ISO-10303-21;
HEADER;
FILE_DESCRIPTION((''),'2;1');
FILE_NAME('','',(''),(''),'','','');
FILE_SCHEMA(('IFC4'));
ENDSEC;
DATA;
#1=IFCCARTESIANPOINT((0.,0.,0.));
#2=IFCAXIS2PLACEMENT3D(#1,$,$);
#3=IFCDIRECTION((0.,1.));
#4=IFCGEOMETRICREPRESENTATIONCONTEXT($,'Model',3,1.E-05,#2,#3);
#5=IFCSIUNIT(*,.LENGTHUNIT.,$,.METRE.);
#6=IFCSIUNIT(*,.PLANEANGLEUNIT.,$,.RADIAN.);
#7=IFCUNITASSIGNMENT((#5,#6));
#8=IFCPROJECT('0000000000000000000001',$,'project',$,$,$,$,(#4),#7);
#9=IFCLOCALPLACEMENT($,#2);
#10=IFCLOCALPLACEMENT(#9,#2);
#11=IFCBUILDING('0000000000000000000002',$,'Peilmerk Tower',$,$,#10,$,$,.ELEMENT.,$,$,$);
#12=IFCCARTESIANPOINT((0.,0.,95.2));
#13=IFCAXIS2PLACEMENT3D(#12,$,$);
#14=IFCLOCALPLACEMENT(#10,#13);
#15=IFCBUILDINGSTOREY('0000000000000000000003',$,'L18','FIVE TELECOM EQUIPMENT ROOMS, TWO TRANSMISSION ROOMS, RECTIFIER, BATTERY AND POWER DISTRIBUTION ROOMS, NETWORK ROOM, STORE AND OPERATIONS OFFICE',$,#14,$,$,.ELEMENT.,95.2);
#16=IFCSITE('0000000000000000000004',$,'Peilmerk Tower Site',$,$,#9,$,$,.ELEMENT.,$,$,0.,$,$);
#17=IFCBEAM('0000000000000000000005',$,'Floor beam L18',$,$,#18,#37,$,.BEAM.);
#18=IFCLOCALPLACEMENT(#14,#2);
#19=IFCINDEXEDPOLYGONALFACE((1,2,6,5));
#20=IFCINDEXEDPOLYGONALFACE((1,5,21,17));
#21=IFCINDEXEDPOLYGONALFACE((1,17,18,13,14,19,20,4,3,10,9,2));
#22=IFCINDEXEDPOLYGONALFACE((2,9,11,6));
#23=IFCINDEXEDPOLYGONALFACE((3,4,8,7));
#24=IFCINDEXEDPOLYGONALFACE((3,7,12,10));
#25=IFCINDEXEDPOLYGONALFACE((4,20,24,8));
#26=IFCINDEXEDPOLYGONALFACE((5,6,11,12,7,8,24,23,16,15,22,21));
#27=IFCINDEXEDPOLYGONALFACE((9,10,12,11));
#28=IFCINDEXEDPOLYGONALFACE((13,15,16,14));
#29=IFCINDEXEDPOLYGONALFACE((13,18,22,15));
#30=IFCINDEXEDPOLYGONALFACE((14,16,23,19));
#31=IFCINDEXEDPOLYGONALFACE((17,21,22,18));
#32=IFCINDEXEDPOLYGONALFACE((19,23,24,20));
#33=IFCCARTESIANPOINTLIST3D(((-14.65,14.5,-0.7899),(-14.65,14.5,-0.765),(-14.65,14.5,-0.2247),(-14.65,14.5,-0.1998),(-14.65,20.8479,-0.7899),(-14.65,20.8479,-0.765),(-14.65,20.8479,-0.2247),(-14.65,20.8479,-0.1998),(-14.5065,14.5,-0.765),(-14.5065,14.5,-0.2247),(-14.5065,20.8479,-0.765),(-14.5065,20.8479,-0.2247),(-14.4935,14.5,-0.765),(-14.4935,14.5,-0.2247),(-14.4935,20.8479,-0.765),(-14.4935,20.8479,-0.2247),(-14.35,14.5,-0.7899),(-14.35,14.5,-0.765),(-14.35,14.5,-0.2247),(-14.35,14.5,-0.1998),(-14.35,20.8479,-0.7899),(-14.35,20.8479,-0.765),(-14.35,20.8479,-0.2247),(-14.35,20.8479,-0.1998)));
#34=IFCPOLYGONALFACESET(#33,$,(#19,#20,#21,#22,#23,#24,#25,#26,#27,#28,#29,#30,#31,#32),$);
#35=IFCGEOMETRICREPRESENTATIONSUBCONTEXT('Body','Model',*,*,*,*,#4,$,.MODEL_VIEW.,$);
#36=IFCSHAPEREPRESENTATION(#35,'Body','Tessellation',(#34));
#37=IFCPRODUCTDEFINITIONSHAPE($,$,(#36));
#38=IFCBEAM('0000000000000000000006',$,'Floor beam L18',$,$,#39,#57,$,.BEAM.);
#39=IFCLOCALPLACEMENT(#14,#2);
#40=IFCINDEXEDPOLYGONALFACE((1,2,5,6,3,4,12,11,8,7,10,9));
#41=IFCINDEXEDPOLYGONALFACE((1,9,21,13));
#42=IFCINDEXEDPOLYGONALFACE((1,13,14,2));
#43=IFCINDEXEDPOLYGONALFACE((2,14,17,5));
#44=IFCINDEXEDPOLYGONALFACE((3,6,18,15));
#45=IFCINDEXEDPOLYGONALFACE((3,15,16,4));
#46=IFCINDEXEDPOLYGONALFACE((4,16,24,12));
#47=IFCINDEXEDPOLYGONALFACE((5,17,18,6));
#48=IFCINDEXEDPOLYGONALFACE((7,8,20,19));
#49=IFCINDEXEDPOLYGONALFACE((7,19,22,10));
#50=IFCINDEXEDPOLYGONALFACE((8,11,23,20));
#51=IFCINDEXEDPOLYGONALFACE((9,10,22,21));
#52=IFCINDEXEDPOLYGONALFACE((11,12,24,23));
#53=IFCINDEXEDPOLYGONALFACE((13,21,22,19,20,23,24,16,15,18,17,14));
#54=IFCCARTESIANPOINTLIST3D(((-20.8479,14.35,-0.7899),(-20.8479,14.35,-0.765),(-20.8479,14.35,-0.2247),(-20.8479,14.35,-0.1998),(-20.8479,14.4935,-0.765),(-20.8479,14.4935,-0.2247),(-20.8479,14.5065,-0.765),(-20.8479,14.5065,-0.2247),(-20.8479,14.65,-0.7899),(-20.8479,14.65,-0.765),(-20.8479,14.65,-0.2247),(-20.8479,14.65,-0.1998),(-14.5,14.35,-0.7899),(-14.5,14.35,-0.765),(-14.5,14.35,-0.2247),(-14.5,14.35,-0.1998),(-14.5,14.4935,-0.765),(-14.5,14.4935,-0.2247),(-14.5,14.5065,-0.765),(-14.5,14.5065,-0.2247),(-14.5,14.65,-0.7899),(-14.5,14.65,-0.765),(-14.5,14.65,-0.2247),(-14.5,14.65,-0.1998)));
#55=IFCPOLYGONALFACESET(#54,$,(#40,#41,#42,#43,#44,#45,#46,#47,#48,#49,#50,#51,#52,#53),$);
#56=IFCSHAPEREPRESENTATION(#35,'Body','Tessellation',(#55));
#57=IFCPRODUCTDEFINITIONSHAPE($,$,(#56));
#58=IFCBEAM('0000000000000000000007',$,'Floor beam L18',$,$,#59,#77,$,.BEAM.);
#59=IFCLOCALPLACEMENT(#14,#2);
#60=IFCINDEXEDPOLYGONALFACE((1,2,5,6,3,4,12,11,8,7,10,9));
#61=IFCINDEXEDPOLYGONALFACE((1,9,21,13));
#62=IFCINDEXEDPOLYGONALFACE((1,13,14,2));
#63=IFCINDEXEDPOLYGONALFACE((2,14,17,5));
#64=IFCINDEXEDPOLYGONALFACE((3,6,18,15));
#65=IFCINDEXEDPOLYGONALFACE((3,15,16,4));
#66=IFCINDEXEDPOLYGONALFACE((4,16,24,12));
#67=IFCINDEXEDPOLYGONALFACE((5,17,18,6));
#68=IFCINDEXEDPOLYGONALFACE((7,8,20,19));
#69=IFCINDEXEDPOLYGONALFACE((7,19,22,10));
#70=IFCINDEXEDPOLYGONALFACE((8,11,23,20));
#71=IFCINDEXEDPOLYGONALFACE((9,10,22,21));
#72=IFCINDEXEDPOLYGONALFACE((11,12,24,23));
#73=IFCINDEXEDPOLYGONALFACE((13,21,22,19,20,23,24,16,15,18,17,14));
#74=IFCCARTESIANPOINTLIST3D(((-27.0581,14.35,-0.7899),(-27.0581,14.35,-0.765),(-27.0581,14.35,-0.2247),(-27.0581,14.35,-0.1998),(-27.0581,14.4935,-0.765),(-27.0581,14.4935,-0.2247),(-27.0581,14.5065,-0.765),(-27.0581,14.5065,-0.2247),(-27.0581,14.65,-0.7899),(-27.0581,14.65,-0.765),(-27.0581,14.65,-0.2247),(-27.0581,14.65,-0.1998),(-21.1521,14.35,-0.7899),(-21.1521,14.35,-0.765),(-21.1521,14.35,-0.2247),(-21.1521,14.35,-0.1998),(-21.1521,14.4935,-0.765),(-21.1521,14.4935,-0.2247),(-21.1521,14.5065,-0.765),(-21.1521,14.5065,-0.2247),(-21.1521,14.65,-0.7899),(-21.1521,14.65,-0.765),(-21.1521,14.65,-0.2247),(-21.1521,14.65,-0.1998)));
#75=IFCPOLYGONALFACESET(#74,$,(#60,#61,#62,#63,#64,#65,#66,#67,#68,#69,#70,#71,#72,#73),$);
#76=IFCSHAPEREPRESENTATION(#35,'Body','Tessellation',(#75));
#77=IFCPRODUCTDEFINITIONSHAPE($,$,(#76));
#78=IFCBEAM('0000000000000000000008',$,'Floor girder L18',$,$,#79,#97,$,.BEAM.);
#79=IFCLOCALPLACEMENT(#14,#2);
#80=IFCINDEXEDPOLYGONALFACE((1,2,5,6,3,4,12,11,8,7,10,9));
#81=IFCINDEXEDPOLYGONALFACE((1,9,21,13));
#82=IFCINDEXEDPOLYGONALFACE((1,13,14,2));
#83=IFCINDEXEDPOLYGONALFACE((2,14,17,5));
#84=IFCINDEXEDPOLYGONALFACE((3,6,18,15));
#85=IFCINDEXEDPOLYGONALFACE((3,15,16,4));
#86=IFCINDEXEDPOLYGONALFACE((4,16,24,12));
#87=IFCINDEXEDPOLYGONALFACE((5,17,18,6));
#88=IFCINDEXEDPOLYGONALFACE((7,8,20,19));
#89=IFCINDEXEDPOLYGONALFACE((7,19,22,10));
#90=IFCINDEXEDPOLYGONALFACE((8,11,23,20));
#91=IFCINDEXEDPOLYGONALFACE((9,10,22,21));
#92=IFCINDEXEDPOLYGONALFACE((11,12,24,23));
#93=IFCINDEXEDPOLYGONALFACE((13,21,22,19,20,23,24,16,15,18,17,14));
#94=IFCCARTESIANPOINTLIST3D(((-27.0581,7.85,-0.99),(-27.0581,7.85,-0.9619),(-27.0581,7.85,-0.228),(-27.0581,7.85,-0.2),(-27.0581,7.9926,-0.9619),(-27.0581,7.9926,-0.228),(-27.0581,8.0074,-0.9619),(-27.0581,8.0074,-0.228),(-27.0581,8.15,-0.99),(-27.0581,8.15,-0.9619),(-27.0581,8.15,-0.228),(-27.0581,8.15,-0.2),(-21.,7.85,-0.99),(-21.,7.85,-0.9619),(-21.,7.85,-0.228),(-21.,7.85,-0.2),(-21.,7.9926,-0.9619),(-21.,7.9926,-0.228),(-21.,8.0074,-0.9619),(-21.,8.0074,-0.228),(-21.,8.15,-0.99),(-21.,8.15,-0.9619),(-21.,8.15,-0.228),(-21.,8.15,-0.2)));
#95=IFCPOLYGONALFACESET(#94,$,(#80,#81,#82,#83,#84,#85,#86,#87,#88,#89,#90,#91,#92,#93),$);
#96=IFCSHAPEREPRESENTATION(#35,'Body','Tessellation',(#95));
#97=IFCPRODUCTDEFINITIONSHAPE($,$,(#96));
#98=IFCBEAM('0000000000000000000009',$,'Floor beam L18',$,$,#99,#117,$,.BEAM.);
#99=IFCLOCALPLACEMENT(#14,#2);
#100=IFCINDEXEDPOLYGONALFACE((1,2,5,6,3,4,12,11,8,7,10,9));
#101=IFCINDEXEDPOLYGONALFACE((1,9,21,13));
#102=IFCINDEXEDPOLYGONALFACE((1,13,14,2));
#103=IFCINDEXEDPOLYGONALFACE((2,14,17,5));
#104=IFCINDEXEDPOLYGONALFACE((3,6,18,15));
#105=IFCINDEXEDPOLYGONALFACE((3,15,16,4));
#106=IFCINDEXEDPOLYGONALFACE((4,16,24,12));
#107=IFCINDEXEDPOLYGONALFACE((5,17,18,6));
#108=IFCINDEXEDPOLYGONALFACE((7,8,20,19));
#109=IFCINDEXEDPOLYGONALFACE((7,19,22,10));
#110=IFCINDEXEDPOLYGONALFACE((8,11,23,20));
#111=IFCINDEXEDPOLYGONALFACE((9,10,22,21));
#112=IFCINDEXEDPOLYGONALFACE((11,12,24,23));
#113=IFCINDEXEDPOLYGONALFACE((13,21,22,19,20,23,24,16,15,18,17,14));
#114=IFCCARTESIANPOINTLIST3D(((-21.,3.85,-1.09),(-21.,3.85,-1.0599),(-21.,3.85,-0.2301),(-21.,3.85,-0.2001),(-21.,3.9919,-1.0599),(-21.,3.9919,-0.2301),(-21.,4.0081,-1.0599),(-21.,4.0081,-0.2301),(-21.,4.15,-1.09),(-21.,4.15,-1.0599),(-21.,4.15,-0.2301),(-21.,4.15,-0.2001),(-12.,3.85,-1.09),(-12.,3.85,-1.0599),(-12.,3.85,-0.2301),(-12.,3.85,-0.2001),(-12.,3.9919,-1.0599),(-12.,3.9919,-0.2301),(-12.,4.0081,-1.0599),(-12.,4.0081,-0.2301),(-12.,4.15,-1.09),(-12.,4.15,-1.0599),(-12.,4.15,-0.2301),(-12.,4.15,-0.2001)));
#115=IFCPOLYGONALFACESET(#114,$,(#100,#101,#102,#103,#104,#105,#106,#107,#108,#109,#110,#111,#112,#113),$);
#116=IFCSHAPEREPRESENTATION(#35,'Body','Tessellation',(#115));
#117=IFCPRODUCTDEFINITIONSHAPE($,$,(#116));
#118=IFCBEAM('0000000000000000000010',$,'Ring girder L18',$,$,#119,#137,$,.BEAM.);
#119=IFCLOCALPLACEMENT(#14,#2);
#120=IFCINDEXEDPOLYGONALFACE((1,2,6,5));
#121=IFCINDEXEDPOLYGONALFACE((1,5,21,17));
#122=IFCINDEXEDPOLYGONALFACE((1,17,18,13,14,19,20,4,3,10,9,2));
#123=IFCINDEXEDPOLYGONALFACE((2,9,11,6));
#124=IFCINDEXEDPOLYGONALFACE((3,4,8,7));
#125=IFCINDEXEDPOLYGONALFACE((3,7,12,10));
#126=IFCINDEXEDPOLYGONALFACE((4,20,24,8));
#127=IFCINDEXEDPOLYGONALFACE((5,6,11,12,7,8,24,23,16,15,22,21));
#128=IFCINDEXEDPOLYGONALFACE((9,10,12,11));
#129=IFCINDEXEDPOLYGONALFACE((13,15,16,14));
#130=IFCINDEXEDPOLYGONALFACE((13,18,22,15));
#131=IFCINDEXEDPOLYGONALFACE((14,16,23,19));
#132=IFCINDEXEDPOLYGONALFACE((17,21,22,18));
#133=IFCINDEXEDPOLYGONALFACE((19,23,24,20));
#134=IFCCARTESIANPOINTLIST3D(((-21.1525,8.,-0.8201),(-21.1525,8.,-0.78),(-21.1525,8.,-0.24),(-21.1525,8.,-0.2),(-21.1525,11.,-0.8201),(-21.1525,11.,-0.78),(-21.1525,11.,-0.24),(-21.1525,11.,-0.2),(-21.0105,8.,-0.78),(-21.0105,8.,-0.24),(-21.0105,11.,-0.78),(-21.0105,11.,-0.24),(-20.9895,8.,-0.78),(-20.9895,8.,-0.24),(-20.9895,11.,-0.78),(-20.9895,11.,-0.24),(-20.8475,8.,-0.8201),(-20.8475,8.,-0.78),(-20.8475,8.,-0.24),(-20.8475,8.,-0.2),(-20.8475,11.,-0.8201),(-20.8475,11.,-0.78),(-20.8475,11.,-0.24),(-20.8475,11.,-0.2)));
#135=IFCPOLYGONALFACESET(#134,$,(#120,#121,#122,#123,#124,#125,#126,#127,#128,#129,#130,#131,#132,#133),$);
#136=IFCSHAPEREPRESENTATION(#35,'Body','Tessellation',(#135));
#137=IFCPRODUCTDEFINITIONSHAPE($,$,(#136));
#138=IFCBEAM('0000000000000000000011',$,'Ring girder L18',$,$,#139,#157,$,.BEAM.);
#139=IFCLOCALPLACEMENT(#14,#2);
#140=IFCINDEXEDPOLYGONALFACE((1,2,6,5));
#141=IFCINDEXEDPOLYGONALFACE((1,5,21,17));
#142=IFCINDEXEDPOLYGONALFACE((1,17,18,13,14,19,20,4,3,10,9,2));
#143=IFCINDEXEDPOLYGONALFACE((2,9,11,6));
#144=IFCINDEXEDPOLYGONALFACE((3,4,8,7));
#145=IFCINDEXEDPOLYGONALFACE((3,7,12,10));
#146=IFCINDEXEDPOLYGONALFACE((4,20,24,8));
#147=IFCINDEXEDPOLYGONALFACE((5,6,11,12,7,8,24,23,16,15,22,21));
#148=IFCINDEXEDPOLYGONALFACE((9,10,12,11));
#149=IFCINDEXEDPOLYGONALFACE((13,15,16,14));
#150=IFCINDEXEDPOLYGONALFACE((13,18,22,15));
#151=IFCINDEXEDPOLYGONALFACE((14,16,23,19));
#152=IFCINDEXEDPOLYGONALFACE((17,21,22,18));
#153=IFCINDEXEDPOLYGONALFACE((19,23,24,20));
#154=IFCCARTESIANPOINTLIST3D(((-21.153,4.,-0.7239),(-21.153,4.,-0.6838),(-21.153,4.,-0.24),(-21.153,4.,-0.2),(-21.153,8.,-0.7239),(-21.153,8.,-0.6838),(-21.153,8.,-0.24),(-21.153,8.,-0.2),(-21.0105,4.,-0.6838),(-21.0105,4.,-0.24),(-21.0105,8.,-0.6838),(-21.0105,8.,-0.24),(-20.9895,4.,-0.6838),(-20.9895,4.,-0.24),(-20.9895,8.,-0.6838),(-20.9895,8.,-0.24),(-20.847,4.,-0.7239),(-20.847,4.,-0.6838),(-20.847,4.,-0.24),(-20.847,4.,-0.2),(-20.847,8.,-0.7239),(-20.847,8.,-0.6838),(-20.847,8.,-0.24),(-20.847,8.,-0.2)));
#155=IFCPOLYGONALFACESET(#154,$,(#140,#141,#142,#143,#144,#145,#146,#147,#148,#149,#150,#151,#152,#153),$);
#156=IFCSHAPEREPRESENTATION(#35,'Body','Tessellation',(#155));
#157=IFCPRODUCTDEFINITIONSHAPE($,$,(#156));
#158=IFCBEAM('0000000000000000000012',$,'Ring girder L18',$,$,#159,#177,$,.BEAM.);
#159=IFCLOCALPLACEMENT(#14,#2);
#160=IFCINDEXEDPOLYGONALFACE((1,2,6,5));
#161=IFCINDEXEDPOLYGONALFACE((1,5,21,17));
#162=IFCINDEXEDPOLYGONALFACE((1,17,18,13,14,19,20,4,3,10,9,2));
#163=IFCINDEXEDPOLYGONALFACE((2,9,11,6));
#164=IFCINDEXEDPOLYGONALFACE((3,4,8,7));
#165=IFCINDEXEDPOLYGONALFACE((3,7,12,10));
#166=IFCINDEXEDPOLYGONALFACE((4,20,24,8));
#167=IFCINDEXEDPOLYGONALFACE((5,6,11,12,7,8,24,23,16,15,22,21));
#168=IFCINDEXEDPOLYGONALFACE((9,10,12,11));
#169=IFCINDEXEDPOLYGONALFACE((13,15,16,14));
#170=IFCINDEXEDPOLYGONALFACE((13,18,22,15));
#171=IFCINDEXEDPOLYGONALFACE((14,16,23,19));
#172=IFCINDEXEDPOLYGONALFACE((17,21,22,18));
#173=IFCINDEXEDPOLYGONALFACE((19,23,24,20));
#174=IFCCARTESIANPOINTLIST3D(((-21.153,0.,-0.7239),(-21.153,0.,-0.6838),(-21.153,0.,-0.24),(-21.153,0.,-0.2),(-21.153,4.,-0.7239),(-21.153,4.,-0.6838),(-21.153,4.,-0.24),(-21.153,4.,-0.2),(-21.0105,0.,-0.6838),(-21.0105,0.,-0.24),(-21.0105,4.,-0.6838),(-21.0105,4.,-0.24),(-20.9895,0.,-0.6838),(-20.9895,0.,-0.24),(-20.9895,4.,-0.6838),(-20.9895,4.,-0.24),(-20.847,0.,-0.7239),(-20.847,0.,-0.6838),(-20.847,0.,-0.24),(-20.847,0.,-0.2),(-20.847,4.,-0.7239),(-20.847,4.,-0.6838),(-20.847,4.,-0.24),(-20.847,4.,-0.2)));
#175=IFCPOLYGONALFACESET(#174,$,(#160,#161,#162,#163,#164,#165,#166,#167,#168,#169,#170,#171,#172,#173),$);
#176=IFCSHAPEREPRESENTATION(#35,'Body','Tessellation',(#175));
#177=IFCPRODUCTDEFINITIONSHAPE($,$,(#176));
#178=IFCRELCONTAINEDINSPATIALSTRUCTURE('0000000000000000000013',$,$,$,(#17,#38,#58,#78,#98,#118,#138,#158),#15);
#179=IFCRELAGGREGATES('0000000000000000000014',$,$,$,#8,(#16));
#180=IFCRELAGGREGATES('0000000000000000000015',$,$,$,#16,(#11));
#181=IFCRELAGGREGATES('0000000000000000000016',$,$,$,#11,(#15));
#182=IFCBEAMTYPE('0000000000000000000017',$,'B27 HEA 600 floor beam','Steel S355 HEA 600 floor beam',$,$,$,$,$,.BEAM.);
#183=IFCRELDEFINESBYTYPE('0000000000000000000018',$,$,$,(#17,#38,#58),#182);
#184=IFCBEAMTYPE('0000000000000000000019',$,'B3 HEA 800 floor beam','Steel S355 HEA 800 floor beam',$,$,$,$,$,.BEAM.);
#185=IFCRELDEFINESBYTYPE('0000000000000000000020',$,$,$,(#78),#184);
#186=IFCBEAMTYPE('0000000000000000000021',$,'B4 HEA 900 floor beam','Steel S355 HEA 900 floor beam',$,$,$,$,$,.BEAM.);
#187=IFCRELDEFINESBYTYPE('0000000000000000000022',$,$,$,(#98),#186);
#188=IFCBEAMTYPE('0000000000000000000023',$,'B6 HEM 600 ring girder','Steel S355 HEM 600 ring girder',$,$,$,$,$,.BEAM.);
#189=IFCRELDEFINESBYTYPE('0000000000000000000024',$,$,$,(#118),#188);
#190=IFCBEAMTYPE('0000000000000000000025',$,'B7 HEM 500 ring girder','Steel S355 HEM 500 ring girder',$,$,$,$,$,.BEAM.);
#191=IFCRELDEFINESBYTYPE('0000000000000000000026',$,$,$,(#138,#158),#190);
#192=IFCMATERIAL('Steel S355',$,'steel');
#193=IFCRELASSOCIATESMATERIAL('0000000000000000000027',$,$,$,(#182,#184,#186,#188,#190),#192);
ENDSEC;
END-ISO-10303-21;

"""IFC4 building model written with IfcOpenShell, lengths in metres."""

from ifc_helpers import new_model, si_unit, direction, frame, origin, origin_2d, place, context, subcontext, project, spatial, i_section, extrude, material, material_profile, profile_set, type_object, element, save


model = new_model("IFC4")

# Units and contexts
model_context = context("Model", 3, precision=1e-05, world=origin(), true_north=direction((0.0, 1.0)))
body_context = subcontext(model_context, "Body", "Model", "MODEL_VIEW")
ifc_project = project(units=[si_unit("LENGTHUNIT", "METRE"), si_unit("PLANEANGLEUNIT", "RADIAN")], contexts=[model_context])

# Site, building, storey
site_placement = place(None, origin())
site = spatial("IfcSite", under=ifc_project, at=site_placement, Name="Peilmerk Tower Site", CompositionType="ELEMENT", RefElevation=0.0)
building_placement = place(site_placement, origin())
building = spatial("IfcBuilding", under=site, at=building_placement, Name="Peilmerk Tower", CompositionType="ELEMENT")
storey_placement = place(building_placement, frame((0.0, 0.0, 95.2)))
storey = spatial("IfcBuildingStorey", under=building, at=storey_placement, Name="L18", Description="FIVE TELECOM EQUIPMENT ROOMS, TWO TRANSMISSION ROOMS, RECTIFIER, BATTERY AND POWER DISTRIBUTION ROOMS, NETWORK ROOM, STORE AND OPERATIONS OFFICE", CompositionType="ELEMENT", Elevation=95.2)

# Beams
ifc_material_1 = material(Name="Steel S355", Category="steel")
ifc_material_profile_1 = material_profile(ifc_material_1, i_section(OverallWidth=0.3, OverallDepth=0.5901, WebThickness=0.0129, FlangeThickness=0.0249, at=origin_2d()), Name="HEA 600")
ifc_profile_set_1 = profile_set([ifc_material_profile_1], Name="Steel S355")
beam_type_1 = type_object("IfcBeamType", Name="B27 HEA 600 floor beam", Description="Steel S355 HEA 600 floor beam", PredefinedType="BEAM", material=ifc_profile_set_1)
for number, where, z_axis, x_axis, name in (
    (1, (-14.5, 14.5, -0.4949), (0.0, 1.0, 0.0), (-1.0, 0.0, 0.0), "Floor beam L18"),
    (2, (-14.5, 14.5, -0.4949), (-1.0, 0.0, 0.0), (0.0, -1.0, 0.0), "Floor beam L18"),
):
    element("IfcBeam", number, at=place(storey_placement, frame(where, z_axis=z_axis, x_axis=x_axis)), inside=storey, type_object=beam_type_1, Name=name, PredefinedType="BEAM", context=body_context, shape_type="SweptSolid", body=[
        extrude(i_section(OverallWidth=0.3, OverallDepth=0.5901, WebThickness=0.0129, FlangeThickness=0.0249, at=origin_2d()), origin(), (0.0, 0.0, 1.0), 6.3479),
    ])
beam_1_placement = place(storey_placement, frame((-21.1521, 14.5, -0.4949), z_axis=(-1.0, 0.0, 0.0), x_axis=(0.0, -1.0, 0.0)))
element("IfcBeam", 3, at=beam_1_placement, inside=storey, type_object=beam_type_1, Name="Floor beam L18", PredefinedType="BEAM", context=body_context, shape_type="SweptSolid", body=[
    extrude(i_section(OverallWidth=0.3, OverallDepth=0.5901, WebThickness=0.0129, FlangeThickness=0.0249, at=origin_2d()), origin(), (0.0, 0.0, 1.0), 5.906),
])
ifc_material_profile_2 = material_profile(ifc_material_1, i_section(OverallWidth=0.3, OverallDepth=0.79, WebThickness=0.0149, FlangeThickness=0.0281, at=origin_2d()), Name="HEA 800")
ifc_profile_set_2 = profile_set([ifc_material_profile_2], Name="Steel S355")
beam_type_2 = type_object("IfcBeamType", Name="B3 HEA 800 floor beam", Description="Steel S355 HEA 800 floor beam", PredefinedType="BEAM", material=ifc_profile_set_2)
beam_2_placement = place(storey_placement, frame((-21.0, 8.0, -0.595), z_axis=(-1.0, 0.0, 0.0), x_axis=(0.0, -1.0, 0.0)))
element("IfcBeam", 4, at=beam_2_placement, inside=storey, type_object=beam_type_2, Name="Floor girder L18", PredefinedType="BEAM", context=body_context, shape_type="SweptSolid", body=[
    extrude(i_section(OverallWidth=0.3, OverallDepth=0.79, WebThickness=0.0149, FlangeThickness=0.0281, at=origin_2d()), origin(), (0.0, 0.0, 1.0), 6.0581),
])
ifc_material_profile_3 = material_profile(ifc_material_1, i_section(OverallWidth=0.3, OverallDepth=0.8899, WebThickness=0.0161, FlangeThickness=0.03, at=origin_2d()), Name="HEA 900")
ifc_profile_set_3 = profile_set([ifc_material_profile_3], Name="Steel S355")
beam_type_3 = type_object("IfcBeamType", Name="B4 HEA 900 floor beam", Description="Steel S355 HEA 900 floor beam", PredefinedType="BEAM", material=ifc_profile_set_3)
beam_3_placement = place(storey_placement, frame((-12.0, 4.0, -0.645), z_axis=(-1.0, 0.0, 0.0), x_axis=(0.0, -1.0, 0.0)))
element("IfcBeam", 5, at=beam_3_placement, inside=storey, type_object=beam_type_3, Name="Floor beam L18", PredefinedType="BEAM", context=body_context, shape_type="SweptSolid", body=[
    extrude(i_section(OverallWidth=0.3, OverallDepth=0.8899, WebThickness=0.0161, FlangeThickness=0.03, at=origin_2d()), origin(), (0.0, 0.0, 1.0), 9.0),
])
ifc_material_profile_4 = material_profile(ifc_material_1, i_section(OverallWidth=0.3049, OverallDepth=0.6201, WebThickness=0.021, FlangeThickness=0.04, at=origin_2d()), Name="HEM 600")
ifc_profile_set_4 = profile_set([ifc_material_profile_4], Name="Steel S355")
beam_type_4 = type_object("IfcBeamType", Name="B6 HEM 600 ring girder", Description="Steel S355 HEM 600 ring girder", PredefinedType="BEAM", material=ifc_profile_set_4)
beam_4_placement = place(storey_placement, frame((-21.0, 11.0, -0.51), z_axis=(0.0, -1.0, 0.0), x_axis=(1.0, 0.0, 0.0)))
element("IfcBeam", 6, at=beam_4_placement, inside=storey, type_object=beam_type_4, Name="Ring girder L18", PredefinedType="BEAM", context=body_context, shape_type="SweptSolid", body=[
    extrude(i_section(OverallWidth=0.3049, OverallDepth=0.6201, WebThickness=0.021, FlangeThickness=0.04, at=origin_2d()), origin(), (0.0, 0.0, 1.0), 3.0),
])
ifc_material_profile_5 = material_profile(ifc_material_1, i_section(OverallWidth=0.3059, OverallDepth=0.5239, WebThickness=0.021, FlangeThickness=0.04, at=origin_2d()), Name="HEM 500")
ifc_profile_set_5 = profile_set([ifc_material_profile_5], Name="Steel S355")
beam_type_5 = type_object("IfcBeamType", Name="B7 HEM 500 ring girder", Description="Steel S355 HEM 500 ring girder", PredefinedType="BEAM", material=ifc_profile_set_5)
for number, where, z_axis, x_axis, name in (
    (7, (-21.0, 8.0, -0.4619), (0.0, -1.0, 0.0), (1.0, 0.0, 0.0), "Ring girder L18"),
    (8, (-21.0, 4.0, -0.4619), (0.0, -1.0, 0.0), (1.0, 0.0, 0.0), "Ring girder L18"),
):
    element("IfcBeam", number, at=place(storey_placement, frame(where, z_axis=z_axis, x_axis=x_axis)), inside=storey, type_object=beam_type_5, Name=name, PredefinedType="BEAM", context=body_context, shape_type="SweptSolid", body=[
        extrude(i_section(OverallWidth=0.3059, OverallDepth=0.5239, WebThickness=0.021, FlangeThickness=0.04, at=origin_2d()), origin(), (0.0, 0.0, 1.0), 4.0),
    ])

save(model, "model.ifc")
